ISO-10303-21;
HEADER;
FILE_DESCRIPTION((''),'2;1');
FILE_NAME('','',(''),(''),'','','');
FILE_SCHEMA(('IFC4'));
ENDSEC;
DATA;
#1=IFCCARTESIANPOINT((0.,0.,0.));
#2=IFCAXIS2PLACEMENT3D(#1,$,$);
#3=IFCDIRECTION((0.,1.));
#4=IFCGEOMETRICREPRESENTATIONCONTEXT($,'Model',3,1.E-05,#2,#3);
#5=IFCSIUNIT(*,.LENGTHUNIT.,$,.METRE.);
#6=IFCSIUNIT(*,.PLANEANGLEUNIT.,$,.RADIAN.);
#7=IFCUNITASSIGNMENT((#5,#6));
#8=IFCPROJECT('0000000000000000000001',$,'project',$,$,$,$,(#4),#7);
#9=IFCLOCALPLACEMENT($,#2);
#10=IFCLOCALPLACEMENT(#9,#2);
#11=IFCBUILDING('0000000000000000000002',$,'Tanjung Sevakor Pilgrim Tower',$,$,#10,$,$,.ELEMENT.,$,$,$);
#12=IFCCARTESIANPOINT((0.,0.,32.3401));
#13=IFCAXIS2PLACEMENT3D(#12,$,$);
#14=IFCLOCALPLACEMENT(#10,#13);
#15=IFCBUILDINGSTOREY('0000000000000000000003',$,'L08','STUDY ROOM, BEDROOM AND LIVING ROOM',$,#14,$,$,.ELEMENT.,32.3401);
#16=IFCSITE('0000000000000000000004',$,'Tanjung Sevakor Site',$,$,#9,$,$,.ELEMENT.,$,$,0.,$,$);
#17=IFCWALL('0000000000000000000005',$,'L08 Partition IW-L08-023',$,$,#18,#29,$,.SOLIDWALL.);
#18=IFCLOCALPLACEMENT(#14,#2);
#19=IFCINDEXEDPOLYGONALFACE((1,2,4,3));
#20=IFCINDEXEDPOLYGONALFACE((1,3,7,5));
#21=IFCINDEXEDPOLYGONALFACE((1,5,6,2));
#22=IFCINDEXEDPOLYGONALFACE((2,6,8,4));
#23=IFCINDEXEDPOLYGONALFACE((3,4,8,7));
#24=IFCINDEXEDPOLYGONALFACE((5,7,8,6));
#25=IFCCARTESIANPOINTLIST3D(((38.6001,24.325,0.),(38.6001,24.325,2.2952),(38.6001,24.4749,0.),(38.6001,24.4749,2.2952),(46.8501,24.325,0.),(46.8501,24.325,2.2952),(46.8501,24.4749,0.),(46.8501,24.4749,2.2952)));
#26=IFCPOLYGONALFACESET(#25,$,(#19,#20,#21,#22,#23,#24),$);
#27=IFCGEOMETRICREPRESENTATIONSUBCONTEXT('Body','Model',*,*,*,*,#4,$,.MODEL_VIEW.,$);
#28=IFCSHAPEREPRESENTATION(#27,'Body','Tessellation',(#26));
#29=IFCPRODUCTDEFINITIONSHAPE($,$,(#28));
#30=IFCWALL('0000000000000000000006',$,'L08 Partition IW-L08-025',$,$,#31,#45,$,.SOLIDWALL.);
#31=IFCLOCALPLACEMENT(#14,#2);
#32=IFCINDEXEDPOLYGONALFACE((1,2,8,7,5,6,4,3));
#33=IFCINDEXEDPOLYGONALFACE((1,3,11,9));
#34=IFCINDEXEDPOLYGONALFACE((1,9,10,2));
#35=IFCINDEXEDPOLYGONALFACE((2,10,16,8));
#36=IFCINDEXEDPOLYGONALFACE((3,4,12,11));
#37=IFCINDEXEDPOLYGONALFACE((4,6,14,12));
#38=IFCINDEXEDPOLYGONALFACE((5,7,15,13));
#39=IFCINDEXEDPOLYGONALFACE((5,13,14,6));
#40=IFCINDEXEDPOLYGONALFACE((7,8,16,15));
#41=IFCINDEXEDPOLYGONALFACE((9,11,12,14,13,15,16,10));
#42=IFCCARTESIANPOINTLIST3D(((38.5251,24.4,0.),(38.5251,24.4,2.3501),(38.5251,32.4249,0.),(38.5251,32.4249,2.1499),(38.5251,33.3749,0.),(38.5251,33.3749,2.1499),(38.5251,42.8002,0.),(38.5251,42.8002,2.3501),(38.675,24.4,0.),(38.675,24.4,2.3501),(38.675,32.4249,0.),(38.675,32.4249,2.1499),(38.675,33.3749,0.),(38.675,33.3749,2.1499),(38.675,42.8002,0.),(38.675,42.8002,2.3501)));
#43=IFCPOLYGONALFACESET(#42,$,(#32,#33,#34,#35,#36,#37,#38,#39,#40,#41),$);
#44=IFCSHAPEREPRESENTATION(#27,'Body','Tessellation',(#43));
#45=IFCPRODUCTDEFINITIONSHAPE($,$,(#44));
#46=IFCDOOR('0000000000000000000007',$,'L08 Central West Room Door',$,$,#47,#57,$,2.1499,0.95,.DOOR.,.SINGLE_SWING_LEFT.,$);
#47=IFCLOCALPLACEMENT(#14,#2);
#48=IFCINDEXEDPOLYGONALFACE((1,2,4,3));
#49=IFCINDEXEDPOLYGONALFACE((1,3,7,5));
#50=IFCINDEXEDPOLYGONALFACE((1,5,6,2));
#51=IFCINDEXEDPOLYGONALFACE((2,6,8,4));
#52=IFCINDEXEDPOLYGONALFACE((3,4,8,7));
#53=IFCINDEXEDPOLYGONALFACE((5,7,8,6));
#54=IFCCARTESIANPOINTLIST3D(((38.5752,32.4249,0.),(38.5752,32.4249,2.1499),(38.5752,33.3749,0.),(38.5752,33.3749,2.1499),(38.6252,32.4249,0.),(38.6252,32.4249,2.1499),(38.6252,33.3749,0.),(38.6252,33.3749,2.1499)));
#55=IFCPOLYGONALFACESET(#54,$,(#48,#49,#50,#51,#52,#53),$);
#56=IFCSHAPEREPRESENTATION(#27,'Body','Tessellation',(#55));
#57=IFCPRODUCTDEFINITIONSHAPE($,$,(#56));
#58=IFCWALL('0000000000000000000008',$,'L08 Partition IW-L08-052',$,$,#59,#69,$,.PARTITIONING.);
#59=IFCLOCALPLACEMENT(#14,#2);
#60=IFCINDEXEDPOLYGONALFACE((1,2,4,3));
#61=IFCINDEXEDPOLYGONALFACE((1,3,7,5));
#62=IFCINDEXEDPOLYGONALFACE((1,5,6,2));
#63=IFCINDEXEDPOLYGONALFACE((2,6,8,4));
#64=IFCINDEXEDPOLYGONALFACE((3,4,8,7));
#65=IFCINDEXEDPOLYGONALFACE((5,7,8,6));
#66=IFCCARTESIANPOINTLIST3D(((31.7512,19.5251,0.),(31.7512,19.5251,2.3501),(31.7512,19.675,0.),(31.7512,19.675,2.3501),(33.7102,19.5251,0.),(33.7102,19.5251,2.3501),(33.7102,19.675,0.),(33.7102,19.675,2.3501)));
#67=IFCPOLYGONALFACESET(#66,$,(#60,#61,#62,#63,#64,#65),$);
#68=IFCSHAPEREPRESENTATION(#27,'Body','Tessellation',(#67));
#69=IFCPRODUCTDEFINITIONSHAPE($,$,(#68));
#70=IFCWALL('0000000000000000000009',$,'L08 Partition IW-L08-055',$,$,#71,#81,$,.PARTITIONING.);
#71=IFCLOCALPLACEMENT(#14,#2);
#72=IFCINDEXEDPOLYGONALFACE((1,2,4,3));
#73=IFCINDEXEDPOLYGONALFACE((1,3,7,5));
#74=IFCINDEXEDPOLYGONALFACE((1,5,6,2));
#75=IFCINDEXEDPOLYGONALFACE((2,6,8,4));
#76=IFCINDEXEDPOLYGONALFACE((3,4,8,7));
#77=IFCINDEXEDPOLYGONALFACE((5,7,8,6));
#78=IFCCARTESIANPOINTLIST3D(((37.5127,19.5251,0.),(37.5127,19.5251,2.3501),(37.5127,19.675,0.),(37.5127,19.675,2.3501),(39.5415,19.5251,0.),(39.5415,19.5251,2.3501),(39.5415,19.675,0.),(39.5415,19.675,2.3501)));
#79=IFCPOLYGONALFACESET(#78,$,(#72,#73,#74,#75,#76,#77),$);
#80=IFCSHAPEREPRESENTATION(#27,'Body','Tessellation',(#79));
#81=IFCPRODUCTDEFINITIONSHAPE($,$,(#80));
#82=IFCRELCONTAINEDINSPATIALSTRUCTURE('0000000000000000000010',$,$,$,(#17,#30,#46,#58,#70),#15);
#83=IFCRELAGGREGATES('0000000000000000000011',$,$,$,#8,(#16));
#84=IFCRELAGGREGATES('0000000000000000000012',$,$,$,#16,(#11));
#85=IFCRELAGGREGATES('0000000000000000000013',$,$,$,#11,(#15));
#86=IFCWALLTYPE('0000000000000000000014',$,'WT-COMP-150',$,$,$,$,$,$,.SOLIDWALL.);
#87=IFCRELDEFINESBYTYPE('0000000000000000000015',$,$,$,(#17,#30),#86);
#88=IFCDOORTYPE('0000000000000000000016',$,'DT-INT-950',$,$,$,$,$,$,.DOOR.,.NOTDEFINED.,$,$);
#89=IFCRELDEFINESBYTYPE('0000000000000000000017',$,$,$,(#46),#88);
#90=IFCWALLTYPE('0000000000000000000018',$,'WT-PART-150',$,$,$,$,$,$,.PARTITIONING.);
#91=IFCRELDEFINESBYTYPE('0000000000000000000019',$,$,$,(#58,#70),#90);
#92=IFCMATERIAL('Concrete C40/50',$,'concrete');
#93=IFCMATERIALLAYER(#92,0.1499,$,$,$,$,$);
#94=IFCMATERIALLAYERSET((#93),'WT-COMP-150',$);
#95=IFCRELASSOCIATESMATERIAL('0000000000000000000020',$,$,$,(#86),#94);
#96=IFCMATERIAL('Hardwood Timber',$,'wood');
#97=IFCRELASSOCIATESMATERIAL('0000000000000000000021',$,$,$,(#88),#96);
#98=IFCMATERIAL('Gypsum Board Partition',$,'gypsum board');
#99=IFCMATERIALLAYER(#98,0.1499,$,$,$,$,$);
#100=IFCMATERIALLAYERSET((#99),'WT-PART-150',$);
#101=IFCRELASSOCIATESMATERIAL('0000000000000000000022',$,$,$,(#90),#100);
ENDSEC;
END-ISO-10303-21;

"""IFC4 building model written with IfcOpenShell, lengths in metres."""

from ifc_helpers import new_model, si_unit, direction, frame, frame_2d, origin, place, context, subcontext, project, spatial, rectangle, extrude, material, layer, layer_set, type_object, element, fill, save


model = new_model("IFC4")

# Units and contexts
model_context = context("Model", 3, precision=1e-05, world=origin(), true_north=direction((0.0, 1.0)))
body_context = subcontext(model_context, "Body", "Model", "MODEL_VIEW")
ifc_project = project(units=[si_unit("LENGTHUNIT", "METRE"), si_unit("PLANEANGLEUNIT", "RADIAN")], contexts=[model_context])

# Site, building, storey
site_placement = place(None, origin())
site = spatial("IfcSite", under=ifc_project, at=site_placement, Name="Tanjung Sevakor Site", CompositionType="ELEMENT", RefElevation=0.0)
building_placement = place(site_placement, origin())
building = spatial("IfcBuilding", under=site, at=building_placement, Name="Tanjung Sevakor Pilgrim Tower", CompositionType="ELEMENT")
storey_placement = place(building_placement, frame((0.0, 0.0, 32.3401)))
storey = spatial("IfcBuildingStorey", under=building, at=storey_placement, Name="L08", Description="STUDY ROOM, BEDROOM AND LIVING ROOM", CompositionType="ELEMENT", Elevation=32.3401)

# Wall
ifc_material_1 = material(Name="Concrete C40/50", Category="concrete")
ifc_layer_1 = layer(ifc_material_1, 0.1499)
ifc_layer_set_1 = layer_set([ifc_layer_1], Name="WT-COMP-150")
wall_type_1 = type_object("IfcWallType", Name="WT-COMP-150", PredefinedType="SOLIDWALL", material=ifc_layer_set_1)
wall_1_placement = place(storey_placement, frame((38.6001, 24.3999, 0.0), z_axis=(0.0, 0.0, 1.0), x_axis=(1.0, 0.0, 0.0)))
element("IfcWall", 1, at=wall_1_placement, inside=storey, type_object=wall_type_1, Name="L08 Partition IW-L08-023", PredefinedType="SOLIDWALL", context=body_context, shape_type="SweptSolid", body=[
    extrude(rectangle(XDim=8.25, YDim=0.1499, at=frame_2d((4.125, 0.0))), origin(), (0.0, 0.0, 1.0), 2.2952),
])

# Wall, opening, door
wall_2_placement = place(storey_placement, frame((38.6001, 24.3999, 0.0), z_axis=(0.0, 0.0, 1.0), x_axis=(0.0, 1.0, 0.0)))
wall_2 = element("IfcWall", 2, at=wall_2_placement, inside=storey, type_object=wall_type_1, Name="L08 Partition IW-L08-025", PredefinedType="SOLIDWALL", context=body_context, shape_type="SweptSolid", body=[
    extrude(rectangle(XDim=18.4001, YDim=0.1499, at=frame_2d((9.2002, 0.0))), origin(), (0.0, 0.0, 1.0), 2.3501),
])
opening_1_placement = place(wall_2_placement, frame((8.0249, 0.0, 0.0)))
opening_1 = element("IfcOpeningElement", 3, at=opening_1_placement, cuts=wall_2, PredefinedType="OPENING", context=body_context, shape_type="SweptSolid", body=[
    extrude(rectangle(XDim=0.95, YDim=2.1499, at=frame_2d((0.4751, 1.075))), frame((0.0, 0.085, 0.0), z_axis=(0.0, -1.0, 0.0), x_axis=(1.0, 0.0, 0.0)), (0.0, 0.0, 1.0), 0.1699),
])
ifc_material_2 = material(Name="Hardwood Timber", Category="wood")
door_type_1 = type_object("IfcDoorType", Name="DT-INT-950", OperationType="NOTDEFINED", PredefinedType="DOOR", material=ifc_material_2)
door_1_placement = place(opening_1_placement, origin())
door_1 = element("IfcDoor", 4, at=door_1_placement, inside=storey, type_object=door_type_1, Name="L08 Central West Room Door", OperationType="SINGLE_SWING_LEFT", OverallHeight=2.1499, OverallWidth=0.95, PredefinedType="DOOR", context=body_context, shape_type="SweptSolid", body=[
    extrude(rectangle(XDim=0.95, YDim=2.1499, at=frame_2d((0.4751, 1.075))), frame((0.0, 0.0249, 0.0), z_axis=(0.0, -1.0, 0.0), x_axis=(1.0, 0.0, 0.0)), (0.0, 0.0, 1.0), 0.05),
])
fill(opening_1, door_1)

# Walls
ifc_material_3 = material(Name="Gypsum Board Partition", Category="gypsum board")
ifc_layer_2 = layer(ifc_material_3, 0.1499)
ifc_layer_set_2 = layer_set([ifc_layer_2], Name="WT-PART-150")
wall_type_2 = type_object("IfcWallType", Name="WT-PART-150", PredefinedType="PARTITIONING", material=ifc_layer_set_2)
wall_3_placement = place(storey_placement, frame((31.7512, 19.6001, 0.0), z_axis=(0.0, 0.0, 1.0), x_axis=(1.0, 0.0, 0.0)))
element("IfcWall", 5, at=wall_3_placement, inside=storey, type_object=wall_type_2, Name="L08 Partition IW-L08-052", PredefinedType="PARTITIONING", context=body_context, shape_type="SweptSolid", body=[
    extrude(rectangle(XDim=1.959, YDim=0.1499, at=frame_2d((0.9795, 0.0))), origin(), (0.0, 0.0, 1.0), 2.3501),
])
wall_4_placement = place(storey_placement, frame((37.5127, 19.6001, 0.0), z_axis=(0.0, 0.0, 1.0), x_axis=(1.0, 0.0, 0.0)))
element("IfcWall", 6, at=wall_4_placement, inside=storey, type_object=wall_type_2, Name="L08 Partition IW-L08-055", PredefinedType="PARTITIONING", context=body_context, shape_type="SweptSolid", body=[
    extrude(rectangle(XDim=2.0288, YDim=0.1499, at=frame_2d((1.0144, 0.0))), origin(), (0.0, 0.0, 1.0), 2.3501),
])

save(model, "model.ifc")
